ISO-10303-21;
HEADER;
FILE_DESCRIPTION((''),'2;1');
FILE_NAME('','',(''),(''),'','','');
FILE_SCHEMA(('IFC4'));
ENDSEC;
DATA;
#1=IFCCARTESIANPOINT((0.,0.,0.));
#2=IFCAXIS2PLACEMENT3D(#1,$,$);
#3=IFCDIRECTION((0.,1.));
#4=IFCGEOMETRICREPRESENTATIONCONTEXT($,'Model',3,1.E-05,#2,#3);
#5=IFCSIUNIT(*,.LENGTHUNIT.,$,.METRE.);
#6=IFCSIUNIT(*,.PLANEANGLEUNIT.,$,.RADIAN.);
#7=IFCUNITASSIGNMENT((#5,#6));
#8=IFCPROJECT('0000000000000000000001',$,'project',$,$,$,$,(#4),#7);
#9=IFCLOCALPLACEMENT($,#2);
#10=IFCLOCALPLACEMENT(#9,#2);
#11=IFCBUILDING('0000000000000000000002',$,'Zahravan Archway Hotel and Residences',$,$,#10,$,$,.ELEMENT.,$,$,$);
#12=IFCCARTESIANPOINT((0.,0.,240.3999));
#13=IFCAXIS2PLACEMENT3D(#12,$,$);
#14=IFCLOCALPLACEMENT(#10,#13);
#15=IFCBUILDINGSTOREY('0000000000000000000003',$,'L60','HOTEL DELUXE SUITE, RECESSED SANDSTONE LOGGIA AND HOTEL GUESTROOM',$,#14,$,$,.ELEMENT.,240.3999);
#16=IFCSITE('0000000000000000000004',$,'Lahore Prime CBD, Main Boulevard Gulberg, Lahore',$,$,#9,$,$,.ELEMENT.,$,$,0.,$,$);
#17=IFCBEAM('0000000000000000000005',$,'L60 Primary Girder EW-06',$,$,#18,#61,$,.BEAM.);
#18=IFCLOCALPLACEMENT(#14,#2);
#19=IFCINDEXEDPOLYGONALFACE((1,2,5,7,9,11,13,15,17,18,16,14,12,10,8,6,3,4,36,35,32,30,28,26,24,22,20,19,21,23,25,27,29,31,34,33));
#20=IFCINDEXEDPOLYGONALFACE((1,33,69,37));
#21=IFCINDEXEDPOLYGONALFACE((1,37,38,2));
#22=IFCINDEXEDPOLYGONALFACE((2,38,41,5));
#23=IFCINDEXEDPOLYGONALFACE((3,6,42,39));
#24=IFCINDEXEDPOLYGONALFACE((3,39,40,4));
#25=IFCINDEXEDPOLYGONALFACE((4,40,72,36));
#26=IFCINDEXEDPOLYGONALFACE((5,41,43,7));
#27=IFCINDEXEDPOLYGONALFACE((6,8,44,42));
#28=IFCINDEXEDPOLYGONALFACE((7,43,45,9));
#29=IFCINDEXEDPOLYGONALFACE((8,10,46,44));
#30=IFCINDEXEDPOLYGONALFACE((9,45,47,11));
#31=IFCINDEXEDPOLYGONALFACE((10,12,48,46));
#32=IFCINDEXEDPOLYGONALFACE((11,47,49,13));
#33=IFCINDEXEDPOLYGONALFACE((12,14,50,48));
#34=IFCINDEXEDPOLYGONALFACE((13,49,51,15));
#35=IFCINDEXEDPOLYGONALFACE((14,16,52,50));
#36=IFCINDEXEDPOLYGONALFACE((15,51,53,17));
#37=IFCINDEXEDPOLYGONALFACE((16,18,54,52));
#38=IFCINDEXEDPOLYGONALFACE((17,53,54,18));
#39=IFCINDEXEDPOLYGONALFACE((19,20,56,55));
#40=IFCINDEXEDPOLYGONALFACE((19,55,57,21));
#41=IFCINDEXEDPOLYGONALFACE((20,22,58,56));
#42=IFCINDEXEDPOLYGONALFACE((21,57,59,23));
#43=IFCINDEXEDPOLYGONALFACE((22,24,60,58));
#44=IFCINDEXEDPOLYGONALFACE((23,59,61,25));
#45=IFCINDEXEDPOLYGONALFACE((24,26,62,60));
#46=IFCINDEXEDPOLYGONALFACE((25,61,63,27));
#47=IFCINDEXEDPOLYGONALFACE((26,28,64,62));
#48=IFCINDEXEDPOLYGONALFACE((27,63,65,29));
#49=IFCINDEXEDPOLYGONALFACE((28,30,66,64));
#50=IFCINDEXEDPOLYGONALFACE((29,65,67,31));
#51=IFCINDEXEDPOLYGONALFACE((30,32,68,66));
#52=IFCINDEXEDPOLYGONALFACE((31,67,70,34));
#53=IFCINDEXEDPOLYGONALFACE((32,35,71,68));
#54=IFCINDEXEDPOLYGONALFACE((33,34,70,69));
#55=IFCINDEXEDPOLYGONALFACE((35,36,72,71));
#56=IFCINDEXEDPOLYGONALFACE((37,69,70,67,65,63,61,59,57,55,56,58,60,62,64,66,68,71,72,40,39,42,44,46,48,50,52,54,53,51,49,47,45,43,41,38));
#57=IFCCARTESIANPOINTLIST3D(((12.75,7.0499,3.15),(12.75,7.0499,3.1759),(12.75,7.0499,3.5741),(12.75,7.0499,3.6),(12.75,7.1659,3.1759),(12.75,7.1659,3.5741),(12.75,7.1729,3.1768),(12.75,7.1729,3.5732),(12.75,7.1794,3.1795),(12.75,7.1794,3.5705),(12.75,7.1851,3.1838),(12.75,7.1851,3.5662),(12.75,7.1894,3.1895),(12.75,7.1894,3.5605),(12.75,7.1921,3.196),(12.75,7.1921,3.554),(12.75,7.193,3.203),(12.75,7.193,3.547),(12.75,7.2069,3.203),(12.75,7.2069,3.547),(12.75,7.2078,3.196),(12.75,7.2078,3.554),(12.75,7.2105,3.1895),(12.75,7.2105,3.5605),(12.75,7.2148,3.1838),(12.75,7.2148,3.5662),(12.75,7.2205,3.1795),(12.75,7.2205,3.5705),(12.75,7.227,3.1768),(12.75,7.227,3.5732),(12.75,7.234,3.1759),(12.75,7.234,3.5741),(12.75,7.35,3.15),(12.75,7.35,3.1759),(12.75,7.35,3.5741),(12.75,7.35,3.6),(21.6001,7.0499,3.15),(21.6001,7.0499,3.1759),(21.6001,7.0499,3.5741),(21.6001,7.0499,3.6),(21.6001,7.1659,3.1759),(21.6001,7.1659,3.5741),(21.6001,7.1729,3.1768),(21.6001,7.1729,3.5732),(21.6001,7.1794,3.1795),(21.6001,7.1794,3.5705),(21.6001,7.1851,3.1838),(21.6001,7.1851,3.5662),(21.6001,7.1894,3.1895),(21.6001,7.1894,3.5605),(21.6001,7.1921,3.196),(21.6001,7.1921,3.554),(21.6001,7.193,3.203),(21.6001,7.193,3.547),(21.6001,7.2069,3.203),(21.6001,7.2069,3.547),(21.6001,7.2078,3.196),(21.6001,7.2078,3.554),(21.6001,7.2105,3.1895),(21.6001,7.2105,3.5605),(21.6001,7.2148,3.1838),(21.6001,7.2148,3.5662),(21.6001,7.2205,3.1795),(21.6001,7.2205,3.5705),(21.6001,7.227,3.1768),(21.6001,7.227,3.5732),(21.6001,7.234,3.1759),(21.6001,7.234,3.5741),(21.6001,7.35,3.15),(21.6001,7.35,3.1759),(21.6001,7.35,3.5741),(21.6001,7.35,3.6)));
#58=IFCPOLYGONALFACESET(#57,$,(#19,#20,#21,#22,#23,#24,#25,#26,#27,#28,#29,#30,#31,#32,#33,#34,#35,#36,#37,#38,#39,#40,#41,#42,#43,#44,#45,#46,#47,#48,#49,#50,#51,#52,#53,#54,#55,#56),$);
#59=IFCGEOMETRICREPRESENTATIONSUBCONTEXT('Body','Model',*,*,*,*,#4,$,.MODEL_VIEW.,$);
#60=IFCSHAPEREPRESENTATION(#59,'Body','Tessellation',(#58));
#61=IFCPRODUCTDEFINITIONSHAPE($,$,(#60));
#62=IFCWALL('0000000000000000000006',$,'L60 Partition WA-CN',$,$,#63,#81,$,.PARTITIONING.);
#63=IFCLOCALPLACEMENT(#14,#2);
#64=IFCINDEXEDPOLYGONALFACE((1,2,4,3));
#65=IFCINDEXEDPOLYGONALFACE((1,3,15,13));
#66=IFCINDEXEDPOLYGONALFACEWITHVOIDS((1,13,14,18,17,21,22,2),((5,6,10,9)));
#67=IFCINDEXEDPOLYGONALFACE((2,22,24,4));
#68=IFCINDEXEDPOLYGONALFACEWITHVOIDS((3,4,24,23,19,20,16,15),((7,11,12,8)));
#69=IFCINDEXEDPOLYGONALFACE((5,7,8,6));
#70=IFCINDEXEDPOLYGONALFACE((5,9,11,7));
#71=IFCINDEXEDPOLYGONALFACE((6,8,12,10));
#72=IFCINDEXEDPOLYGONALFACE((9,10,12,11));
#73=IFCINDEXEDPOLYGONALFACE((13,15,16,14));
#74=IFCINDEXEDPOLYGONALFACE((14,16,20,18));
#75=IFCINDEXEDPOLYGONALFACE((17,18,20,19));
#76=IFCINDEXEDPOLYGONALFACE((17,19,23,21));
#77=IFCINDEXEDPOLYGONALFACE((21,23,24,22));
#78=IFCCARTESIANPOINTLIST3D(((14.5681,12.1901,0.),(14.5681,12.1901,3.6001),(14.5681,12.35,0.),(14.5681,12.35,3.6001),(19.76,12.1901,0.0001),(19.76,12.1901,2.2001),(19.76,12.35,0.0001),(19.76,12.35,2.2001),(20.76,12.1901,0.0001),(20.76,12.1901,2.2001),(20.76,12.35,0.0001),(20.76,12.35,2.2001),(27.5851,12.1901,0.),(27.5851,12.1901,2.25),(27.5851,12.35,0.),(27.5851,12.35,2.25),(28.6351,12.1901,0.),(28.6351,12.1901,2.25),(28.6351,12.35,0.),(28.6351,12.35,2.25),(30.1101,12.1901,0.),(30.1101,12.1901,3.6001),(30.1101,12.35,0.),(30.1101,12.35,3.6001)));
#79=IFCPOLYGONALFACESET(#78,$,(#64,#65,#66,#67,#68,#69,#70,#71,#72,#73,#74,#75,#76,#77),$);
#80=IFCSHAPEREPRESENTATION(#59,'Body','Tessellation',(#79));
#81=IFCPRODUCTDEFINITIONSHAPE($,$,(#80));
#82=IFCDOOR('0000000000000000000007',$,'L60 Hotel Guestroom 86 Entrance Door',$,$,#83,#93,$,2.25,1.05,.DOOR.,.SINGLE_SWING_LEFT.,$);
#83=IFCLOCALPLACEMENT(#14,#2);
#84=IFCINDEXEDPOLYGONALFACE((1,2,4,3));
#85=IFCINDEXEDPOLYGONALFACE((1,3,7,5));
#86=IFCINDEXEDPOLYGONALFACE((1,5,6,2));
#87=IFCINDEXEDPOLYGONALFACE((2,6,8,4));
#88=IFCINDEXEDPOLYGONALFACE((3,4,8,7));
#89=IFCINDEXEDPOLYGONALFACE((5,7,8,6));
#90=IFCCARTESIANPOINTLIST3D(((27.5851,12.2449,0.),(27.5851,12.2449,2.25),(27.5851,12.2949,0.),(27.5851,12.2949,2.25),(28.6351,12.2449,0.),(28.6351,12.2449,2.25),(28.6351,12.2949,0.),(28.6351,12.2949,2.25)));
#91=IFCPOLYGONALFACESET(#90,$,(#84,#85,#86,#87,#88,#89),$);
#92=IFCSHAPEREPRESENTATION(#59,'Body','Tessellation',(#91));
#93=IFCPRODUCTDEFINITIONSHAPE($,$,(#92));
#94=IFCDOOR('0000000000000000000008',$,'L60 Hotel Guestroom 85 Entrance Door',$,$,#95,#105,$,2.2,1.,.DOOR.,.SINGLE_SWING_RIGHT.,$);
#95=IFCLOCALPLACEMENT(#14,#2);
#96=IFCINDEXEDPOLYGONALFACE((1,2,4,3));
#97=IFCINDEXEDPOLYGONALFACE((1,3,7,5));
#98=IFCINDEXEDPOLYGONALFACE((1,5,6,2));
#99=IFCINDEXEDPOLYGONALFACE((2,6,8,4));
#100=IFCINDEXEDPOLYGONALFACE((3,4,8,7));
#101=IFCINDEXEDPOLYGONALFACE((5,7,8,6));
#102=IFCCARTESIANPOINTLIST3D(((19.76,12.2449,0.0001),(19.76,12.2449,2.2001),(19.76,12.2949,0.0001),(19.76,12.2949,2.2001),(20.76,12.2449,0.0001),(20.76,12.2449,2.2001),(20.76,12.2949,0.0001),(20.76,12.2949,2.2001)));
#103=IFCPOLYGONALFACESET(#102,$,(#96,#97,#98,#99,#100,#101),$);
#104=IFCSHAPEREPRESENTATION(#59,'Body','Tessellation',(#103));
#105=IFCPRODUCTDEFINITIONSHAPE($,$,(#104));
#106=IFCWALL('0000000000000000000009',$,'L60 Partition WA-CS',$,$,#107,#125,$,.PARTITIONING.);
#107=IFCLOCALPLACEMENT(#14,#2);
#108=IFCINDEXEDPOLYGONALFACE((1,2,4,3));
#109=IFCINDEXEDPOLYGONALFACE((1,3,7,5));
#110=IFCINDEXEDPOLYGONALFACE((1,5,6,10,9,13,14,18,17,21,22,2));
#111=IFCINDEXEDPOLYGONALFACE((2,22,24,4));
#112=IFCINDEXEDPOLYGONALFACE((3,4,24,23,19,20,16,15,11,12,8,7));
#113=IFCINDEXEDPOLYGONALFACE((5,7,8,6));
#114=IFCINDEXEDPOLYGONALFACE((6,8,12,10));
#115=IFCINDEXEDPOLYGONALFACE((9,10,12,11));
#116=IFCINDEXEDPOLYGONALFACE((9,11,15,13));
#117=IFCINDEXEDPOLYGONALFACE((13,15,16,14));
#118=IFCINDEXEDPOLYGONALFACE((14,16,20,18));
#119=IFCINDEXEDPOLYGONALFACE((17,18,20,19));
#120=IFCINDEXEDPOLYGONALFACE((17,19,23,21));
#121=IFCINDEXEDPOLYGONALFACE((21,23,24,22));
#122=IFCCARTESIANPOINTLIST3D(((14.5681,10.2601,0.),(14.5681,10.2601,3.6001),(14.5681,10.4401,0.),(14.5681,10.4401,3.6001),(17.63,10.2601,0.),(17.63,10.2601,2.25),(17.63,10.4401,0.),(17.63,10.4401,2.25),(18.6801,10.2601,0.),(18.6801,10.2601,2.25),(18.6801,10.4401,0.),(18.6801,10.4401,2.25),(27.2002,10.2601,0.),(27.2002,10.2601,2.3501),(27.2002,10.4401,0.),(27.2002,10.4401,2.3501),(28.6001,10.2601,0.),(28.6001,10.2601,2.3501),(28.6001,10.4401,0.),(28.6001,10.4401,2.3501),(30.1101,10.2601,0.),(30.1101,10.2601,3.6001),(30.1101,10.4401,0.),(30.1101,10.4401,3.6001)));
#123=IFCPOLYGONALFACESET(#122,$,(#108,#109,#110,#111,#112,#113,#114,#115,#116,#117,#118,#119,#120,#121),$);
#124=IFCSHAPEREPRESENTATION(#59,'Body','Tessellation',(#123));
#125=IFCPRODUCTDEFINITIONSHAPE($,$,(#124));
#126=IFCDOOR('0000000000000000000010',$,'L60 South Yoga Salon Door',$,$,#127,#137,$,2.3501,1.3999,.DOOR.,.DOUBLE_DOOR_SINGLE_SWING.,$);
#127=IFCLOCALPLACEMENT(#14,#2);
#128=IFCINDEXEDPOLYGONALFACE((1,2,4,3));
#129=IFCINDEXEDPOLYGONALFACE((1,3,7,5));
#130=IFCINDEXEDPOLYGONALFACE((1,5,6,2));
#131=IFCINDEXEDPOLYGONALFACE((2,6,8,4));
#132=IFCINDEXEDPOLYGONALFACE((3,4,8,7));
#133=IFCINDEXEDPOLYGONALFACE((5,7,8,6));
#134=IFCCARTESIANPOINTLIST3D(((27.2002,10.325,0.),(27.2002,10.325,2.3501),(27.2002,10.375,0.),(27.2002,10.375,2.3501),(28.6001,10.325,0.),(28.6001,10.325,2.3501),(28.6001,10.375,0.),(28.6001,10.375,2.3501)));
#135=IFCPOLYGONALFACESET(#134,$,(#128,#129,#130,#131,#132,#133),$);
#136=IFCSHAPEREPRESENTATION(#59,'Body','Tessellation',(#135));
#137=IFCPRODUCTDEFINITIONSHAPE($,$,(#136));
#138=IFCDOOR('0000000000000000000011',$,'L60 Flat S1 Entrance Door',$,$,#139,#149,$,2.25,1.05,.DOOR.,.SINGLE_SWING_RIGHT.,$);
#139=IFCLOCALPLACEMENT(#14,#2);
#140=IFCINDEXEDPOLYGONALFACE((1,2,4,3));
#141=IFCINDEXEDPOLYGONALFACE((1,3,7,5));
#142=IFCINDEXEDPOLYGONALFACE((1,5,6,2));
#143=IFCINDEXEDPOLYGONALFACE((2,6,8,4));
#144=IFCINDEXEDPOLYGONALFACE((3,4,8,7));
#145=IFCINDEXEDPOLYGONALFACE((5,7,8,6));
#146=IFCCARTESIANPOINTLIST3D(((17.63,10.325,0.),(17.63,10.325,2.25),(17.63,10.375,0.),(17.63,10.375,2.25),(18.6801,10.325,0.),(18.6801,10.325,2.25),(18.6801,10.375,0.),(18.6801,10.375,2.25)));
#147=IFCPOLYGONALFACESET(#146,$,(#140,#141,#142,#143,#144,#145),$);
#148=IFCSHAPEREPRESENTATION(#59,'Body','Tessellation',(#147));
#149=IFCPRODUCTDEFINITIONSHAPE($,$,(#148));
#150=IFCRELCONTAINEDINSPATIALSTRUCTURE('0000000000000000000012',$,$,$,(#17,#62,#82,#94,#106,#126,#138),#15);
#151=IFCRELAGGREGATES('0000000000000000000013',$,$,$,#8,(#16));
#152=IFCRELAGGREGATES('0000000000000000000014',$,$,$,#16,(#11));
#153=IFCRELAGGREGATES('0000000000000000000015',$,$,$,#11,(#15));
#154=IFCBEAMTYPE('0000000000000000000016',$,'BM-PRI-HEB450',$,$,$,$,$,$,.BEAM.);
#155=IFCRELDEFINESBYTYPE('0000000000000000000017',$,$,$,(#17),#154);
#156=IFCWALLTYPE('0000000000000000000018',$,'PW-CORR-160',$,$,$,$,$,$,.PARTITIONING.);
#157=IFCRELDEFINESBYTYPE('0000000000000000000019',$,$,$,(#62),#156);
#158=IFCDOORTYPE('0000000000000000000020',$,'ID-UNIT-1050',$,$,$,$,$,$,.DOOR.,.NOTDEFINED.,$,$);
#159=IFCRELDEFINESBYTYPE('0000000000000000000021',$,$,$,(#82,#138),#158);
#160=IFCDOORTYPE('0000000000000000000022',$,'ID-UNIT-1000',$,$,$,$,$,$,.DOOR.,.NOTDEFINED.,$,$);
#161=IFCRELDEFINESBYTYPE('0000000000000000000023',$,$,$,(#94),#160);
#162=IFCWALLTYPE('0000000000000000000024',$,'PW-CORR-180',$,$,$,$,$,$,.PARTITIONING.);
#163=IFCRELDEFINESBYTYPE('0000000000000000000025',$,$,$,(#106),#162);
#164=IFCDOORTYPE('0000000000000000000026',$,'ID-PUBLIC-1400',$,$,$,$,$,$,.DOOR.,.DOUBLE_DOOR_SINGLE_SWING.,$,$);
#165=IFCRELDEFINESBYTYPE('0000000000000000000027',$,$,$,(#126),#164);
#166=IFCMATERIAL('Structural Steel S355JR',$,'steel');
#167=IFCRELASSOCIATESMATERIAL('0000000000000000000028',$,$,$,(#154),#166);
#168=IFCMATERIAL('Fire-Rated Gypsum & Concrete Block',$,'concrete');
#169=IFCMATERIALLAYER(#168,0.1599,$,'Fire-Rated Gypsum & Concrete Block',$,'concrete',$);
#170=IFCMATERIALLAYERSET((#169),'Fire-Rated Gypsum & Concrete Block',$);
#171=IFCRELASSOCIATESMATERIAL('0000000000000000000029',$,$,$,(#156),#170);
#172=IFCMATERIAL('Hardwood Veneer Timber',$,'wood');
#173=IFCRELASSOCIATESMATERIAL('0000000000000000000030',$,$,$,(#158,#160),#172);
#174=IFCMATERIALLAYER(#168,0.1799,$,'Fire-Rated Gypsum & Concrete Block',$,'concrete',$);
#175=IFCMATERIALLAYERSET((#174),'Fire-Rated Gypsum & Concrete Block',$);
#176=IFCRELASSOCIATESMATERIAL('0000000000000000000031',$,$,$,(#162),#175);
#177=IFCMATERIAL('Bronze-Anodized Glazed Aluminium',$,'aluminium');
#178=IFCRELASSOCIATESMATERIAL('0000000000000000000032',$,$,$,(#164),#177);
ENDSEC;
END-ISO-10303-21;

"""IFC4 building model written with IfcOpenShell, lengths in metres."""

from ifc_helpers import new_model, si_unit, direction, frame, frame_2d, origin, origin_2d, place, context, subcontext, project, spatial, rectangle, i_section, extrude, source, transform, mapped, material, layer, layer_set, material_profile, profile_set, type_object, type_shapes, element, fill, save


model = new_model("IFC4")

# Units and contexts
model_context = context("Model", 3, precision=1e-05, world=origin(), true_north=direction((0.0, 1.0)))
body_context = subcontext(model_context, "Body", "Model", "MODEL_VIEW")
ifc_project = project(units=[si_unit("LENGTHUNIT", "METRE"), si_unit("PLANEANGLEUNIT", "RADIAN")], contexts=[model_context])

# Site, building, storey
site_placement = place(None, origin())
site = spatial("IfcSite", under=ifc_project, at=site_placement, Name="Lahore Prime CBD, Main Boulevard Gulberg, Lahore", CompositionType="ELEMENT", RefElevation=0.0)
building_placement = place(site_placement, origin())
building = spatial("IfcBuilding", under=site, at=building_placement, Name="Zahravan Archway Hotel and Residences", CompositionType="ELEMENT")
storey_placement = place(building_placement, frame((0.0, 0.0, 240.3999)))
storey = spatial("IfcBuildingStorey", under=building, at=storey_placement, Name="L60", Description="HOTEL DELUXE SUITE, RECESSED SANDSTONE LOGGIA AND HOTEL GUESTROOM", CompositionType="ELEMENT", Elevation=240.3999)

# Beam
ifc_material_1 = material(Name="Structural Steel S355JR", Category="steel")
ifc_material_profile_1 = material_profile(ifc_material_1, i_section(OverallWidth=0.3, OverallDepth=0.45, WebThickness=0.0139, FlangeThickness=0.0259, FilletRadius=0.0271, at=origin_2d()), Name="HEB 450", Category="steel")
ifc_profile_set_1 = profile_set([ifc_material_profile_1], Name="Structural Steel S355JR")
beam_type_1 = type_object("IfcBeamType", Name="BM-PRI-HEB450", PredefinedType="BEAM", material=ifc_profile_set_1)
shared_shape_1 = source(origin(), body_context, "Body", "SweptSolid", [
    extrude(i_section(OverallWidth=0.3, OverallDepth=0.45, WebThickness=0.0139, FlangeThickness=0.0259, FilletRadius=0.0271, at=origin_2d()), origin(), (0.0, 0.0, 1.0), 8.8501),
])
beam_1_placement = place(storey_placement, frame((12.75, 7.2, 3.375), z_axis=(1.0, 0.0, 0.0), x_axis=(0.0, 1.0, 0.0)))
element("IfcBeam", 1, at=beam_1_placement, inside=storey, type_object=beam_type_1, Name="L60 Primary Girder EW-06", PredefinedType="BEAM", context=body_context, shape_type="MappedRepresentation", body=[
    mapped(shared_shape_1, transform((0.0, 0.0, 0.0), scale=1.0)),
])

# Walls, openings, doors
ifc_material_2 = material(Name="Fire-Rated Gypsum & Concrete Block", Category="concrete")
ifc_layer_1 = layer(ifc_material_2, 0.1599, Name="Fire-Rated Gypsum & Concrete Block", Category="concrete")
ifc_layer_set_1 = layer_set([ifc_layer_1], Name="Fire-Rated Gypsum & Concrete Block")
wall_type_1 = type_object("IfcWallType", Name="PW-CORR-160", PredefinedType="PARTITIONING", material=ifc_layer_set_1)
wall_1_placement = place(storey_placement, frame((14.5681, 12.27, 0.0), z_axis=(0.0, 0.0, 1.0), x_axis=(1.0, 0.0, 0.0)))
wall_1 = element("IfcWall", 2, at=wall_1_placement, inside=storey, type_object=wall_type_1, Name="L60 Partition WA-CN", PredefinedType="PARTITIONING", context=body_context, shape_type="SweptSolid", body=[
    extrude(rectangle(XDim=15.542, YDim=0.1599, at=frame_2d((7.771, 0.0))), origin(), (0.0, 0.0, 1.0), 3.6001),
])
opening_1_placement = place(wall_1_placement, frame((5.1919, 0.0, 0.0)))
opening_1 = element("IfcOpeningElement", 3, at=opening_1_placement, cuts=wall_1, PredefinedType="OPENING", context=body_context, shape_type="SweptSolid", body=[
    extrude(rectangle(XDim=1.0, YDim=2.2, at=frame_2d((0.5, 1.1001))), frame((0.0, 0.0898, 0.0), z_axis=(0.0, -1.0, 0.0), x_axis=(1.0, 0.0, 0.0)), (0.0, 0.0, 1.0), 0.1799),
])
opening_2_placement = place(wall_1_placement, frame((13.0171, 0.0, 0.0)))
opening_2 = element("IfcOpeningElement", 4, at=opening_2_placement, cuts=wall_1, PredefinedType="OPENING", context=body_context, shape_type="SweptSolid", body=[
    extrude(rectangle(XDim=1.05, YDim=2.25, at=frame_2d((0.5249, 1.125))), frame((0.0, 0.0898, 0.0), z_axis=(0.0, -1.0, 0.0), x_axis=(1.0, 0.0, 0.0)), (0.0, 0.0, 1.0), 0.1799),
])
ifc_material_3 = material(Name="Hardwood Veneer Timber", Category="wood")
door_type_1 = type_object("IfcDoorType", Name="ID-UNIT-1050", OperationType="NOTDEFINED", PredefinedType="DOOR", material=ifc_material_3)
shared_shape_2 = source(origin(), body_context, "Body", "SweptSolid", [
    extrude(rectangle(XDim=1.05, YDim=2.25, at=frame_2d((0.5249, 1.125))), frame((0.0, 0.0249, 0.0), z_axis=(0.0, -1.0, 0.0), x_axis=(1.0, 0.0, 0.0)), (0.0, 0.0, 1.0), 0.05),
])
type_shapes(door_type_1, [shared_shape_2])
door_1_placement = place(opening_2_placement, origin())
door_1 = element("IfcDoor", 5, at=door_1_placement, inside=storey, type_object=door_type_1, Name="L60 Hotel Guestroom 86 Entrance Door", OperationType="SINGLE_SWING_LEFT", OverallHeight=2.25, OverallWidth=1.05, PredefinedType="DOOR", context=body_context, shape_type="MappedRepresentation", body=[
    mapped(shared_shape_2, transform((0.0, 0.0, 0.0), scale=1.0)),
])
fill(opening_2, door_1)
door_type_2 = type_object("IfcDoorType", Name="ID-UNIT-1000", OperationType="NOTDEFINED", PredefinedType="DOOR", material=ifc_material_3)
shared_shape_3 = source(origin(), body_context, "Body", "SweptSolid", [
    extrude(rectangle(XDim=1.0, YDim=2.2, at=frame_2d((0.5, 1.1001))), frame((0.0, 0.0249, 0.0), z_axis=(0.0, -1.0, 0.0), x_axis=(1.0, 0.0, 0.0)), (0.0, 0.0, 1.0), 0.05),
])
type_shapes(door_type_2, [shared_shape_3])
door_2_placement = place(opening_1_placement, origin())
door_2 = element("IfcDoor", 6, at=door_2_placement, inside=storey, type_object=door_type_2, Name="L60 Hotel Guestroom 85 Entrance Door", OperationType="SINGLE_SWING_RIGHT", OverallHeight=2.2, OverallWidth=1.0, PredefinedType="DOOR", context=body_context, shape_type="MappedRepresentation", body=[
    mapped(shared_shape_3, transform((0.0, 0.0, 0.0), scale=1.0)),
])
fill(opening_1, door_2)
ifc_layer_2 = layer(ifc_material_2, 0.1799, Name="Fire-Rated Gypsum & Concrete Block", Category="concrete")
ifc_layer_set_2 = layer_set([ifc_layer_2], Name="Fire-Rated Gypsum & Concrete Block")
wall_type_2 = type_object("IfcWallType", Name="PW-CORR-180", PredefinedType="PARTITIONING", material=ifc_layer_set_2)
wall_2_placement = place(storey_placement, frame((14.5681, 10.3501, 0.0), z_axis=(0.0, 0.0, 1.0), x_axis=(1.0, 0.0, 0.0)))
wall_2 = element("IfcWall", 7, at=wall_2_placement, inside=storey, type_object=wall_type_2, Name="L60 Partition WA-CS", PredefinedType="PARTITIONING", context=body_context, shape_type="SweptSolid", body=[
    extrude(rectangle(XDim=15.542, YDim=0.1799, at=frame_2d((7.771, 0.0))), origin(), (0.0, 0.0, 1.0), 3.6001),
])
opening_3_placement = place(wall_2_placement, frame((3.062, 0.0, 0.0)))
opening_3 = element("IfcOpeningElement", 8, at=opening_3_placement, cuts=wall_2, PredefinedType="OPENING", context=body_context, shape_type="SweptSolid", body=[
    extrude(rectangle(XDim=1.05, YDim=2.25, at=frame_2d((0.5249, 1.125))), frame((0.0, 0.1001, 0.0), z_axis=(0.0, -1.0, 0.0), x_axis=(1.0, 0.0, 0.0)), (0.0, 0.0, 1.0), 0.2),
])
opening_4_placement = place(wall_2_placement, frame((12.6321, 0.0, 0.0)))
opening_4 = element("IfcOpeningElement", 9, at=opening_4_placement, cuts=wall_2, PredefinedType="OPENING", context=body_context, shape_type="SweptSolid", body=[
    extrude(rectangle(XDim=1.3999, YDim=2.3501, at=frame_2d((0.7, 1.175))), frame((0.0, 0.1001, 0.0), z_axis=(0.0, -1.0, 0.0), x_axis=(1.0, 0.0, 0.0)), (0.0, 0.0, 1.0), 0.2),
])
ifc_material_4 = material(Name="Bronze-Anodized Glazed Aluminium", Category="aluminium")
door_type_3 = type_object("IfcDoorType", Name="ID-PUBLIC-1400", OperationType="DOUBLE_DOOR_SINGLE_SWING", PredefinedType="DOOR", material=ifc_material_4)
shared_shape_4 = source(origin(), body_context, "Body", "SweptSolid", [
    extrude(rectangle(XDim=1.3999, YDim=2.3501, at=frame_2d((0.7, 1.175))), frame((0.0, 0.0249, 0.0), z_axis=(0.0, -1.0, 0.0), x_axis=(1.0, 0.0, 0.0)), (0.0, 0.0, 1.0), 0.05),
])
type_shapes(door_type_3, [shared_shape_4])
door_3_placement = place(opening_4_placement, origin())
door_3 = element("IfcDoor", 10, at=door_3_placement, inside=storey, type_object=door_type_3, Name="L60 South Yoga Salon Door", OperationType="DOUBLE_DOOR_SINGLE_SWING", OverallHeight=2.3501, OverallWidth=1.3999, PredefinedType="DOOR", context=body_context, shape_type="MappedRepresentation", body=[
    mapped(shared_shape_4, transform((0.0, 0.0, 0.0), scale=1.0)),
])
fill(opening_4, door_3)
door_4_placement = place(opening_3_placement, origin())
door_4 = element("IfcDoor", 11, at=door_4_placement, inside=storey, type_object=door_type_1, Name="L60 Flat S1 Entrance Door", OperationType="SINGLE_SWING_RIGHT", OverallHeight=2.25, OverallWidth=1.05, PredefinedType="DOOR", context=body_context, shape_type="MappedRepresentation", body=[
    mapped(shared_shape_2, transform((0.0, 0.0, 0.0), scale=1.0)),
])
fill(opening_3, door_4)

save(model, "model.ifc")
